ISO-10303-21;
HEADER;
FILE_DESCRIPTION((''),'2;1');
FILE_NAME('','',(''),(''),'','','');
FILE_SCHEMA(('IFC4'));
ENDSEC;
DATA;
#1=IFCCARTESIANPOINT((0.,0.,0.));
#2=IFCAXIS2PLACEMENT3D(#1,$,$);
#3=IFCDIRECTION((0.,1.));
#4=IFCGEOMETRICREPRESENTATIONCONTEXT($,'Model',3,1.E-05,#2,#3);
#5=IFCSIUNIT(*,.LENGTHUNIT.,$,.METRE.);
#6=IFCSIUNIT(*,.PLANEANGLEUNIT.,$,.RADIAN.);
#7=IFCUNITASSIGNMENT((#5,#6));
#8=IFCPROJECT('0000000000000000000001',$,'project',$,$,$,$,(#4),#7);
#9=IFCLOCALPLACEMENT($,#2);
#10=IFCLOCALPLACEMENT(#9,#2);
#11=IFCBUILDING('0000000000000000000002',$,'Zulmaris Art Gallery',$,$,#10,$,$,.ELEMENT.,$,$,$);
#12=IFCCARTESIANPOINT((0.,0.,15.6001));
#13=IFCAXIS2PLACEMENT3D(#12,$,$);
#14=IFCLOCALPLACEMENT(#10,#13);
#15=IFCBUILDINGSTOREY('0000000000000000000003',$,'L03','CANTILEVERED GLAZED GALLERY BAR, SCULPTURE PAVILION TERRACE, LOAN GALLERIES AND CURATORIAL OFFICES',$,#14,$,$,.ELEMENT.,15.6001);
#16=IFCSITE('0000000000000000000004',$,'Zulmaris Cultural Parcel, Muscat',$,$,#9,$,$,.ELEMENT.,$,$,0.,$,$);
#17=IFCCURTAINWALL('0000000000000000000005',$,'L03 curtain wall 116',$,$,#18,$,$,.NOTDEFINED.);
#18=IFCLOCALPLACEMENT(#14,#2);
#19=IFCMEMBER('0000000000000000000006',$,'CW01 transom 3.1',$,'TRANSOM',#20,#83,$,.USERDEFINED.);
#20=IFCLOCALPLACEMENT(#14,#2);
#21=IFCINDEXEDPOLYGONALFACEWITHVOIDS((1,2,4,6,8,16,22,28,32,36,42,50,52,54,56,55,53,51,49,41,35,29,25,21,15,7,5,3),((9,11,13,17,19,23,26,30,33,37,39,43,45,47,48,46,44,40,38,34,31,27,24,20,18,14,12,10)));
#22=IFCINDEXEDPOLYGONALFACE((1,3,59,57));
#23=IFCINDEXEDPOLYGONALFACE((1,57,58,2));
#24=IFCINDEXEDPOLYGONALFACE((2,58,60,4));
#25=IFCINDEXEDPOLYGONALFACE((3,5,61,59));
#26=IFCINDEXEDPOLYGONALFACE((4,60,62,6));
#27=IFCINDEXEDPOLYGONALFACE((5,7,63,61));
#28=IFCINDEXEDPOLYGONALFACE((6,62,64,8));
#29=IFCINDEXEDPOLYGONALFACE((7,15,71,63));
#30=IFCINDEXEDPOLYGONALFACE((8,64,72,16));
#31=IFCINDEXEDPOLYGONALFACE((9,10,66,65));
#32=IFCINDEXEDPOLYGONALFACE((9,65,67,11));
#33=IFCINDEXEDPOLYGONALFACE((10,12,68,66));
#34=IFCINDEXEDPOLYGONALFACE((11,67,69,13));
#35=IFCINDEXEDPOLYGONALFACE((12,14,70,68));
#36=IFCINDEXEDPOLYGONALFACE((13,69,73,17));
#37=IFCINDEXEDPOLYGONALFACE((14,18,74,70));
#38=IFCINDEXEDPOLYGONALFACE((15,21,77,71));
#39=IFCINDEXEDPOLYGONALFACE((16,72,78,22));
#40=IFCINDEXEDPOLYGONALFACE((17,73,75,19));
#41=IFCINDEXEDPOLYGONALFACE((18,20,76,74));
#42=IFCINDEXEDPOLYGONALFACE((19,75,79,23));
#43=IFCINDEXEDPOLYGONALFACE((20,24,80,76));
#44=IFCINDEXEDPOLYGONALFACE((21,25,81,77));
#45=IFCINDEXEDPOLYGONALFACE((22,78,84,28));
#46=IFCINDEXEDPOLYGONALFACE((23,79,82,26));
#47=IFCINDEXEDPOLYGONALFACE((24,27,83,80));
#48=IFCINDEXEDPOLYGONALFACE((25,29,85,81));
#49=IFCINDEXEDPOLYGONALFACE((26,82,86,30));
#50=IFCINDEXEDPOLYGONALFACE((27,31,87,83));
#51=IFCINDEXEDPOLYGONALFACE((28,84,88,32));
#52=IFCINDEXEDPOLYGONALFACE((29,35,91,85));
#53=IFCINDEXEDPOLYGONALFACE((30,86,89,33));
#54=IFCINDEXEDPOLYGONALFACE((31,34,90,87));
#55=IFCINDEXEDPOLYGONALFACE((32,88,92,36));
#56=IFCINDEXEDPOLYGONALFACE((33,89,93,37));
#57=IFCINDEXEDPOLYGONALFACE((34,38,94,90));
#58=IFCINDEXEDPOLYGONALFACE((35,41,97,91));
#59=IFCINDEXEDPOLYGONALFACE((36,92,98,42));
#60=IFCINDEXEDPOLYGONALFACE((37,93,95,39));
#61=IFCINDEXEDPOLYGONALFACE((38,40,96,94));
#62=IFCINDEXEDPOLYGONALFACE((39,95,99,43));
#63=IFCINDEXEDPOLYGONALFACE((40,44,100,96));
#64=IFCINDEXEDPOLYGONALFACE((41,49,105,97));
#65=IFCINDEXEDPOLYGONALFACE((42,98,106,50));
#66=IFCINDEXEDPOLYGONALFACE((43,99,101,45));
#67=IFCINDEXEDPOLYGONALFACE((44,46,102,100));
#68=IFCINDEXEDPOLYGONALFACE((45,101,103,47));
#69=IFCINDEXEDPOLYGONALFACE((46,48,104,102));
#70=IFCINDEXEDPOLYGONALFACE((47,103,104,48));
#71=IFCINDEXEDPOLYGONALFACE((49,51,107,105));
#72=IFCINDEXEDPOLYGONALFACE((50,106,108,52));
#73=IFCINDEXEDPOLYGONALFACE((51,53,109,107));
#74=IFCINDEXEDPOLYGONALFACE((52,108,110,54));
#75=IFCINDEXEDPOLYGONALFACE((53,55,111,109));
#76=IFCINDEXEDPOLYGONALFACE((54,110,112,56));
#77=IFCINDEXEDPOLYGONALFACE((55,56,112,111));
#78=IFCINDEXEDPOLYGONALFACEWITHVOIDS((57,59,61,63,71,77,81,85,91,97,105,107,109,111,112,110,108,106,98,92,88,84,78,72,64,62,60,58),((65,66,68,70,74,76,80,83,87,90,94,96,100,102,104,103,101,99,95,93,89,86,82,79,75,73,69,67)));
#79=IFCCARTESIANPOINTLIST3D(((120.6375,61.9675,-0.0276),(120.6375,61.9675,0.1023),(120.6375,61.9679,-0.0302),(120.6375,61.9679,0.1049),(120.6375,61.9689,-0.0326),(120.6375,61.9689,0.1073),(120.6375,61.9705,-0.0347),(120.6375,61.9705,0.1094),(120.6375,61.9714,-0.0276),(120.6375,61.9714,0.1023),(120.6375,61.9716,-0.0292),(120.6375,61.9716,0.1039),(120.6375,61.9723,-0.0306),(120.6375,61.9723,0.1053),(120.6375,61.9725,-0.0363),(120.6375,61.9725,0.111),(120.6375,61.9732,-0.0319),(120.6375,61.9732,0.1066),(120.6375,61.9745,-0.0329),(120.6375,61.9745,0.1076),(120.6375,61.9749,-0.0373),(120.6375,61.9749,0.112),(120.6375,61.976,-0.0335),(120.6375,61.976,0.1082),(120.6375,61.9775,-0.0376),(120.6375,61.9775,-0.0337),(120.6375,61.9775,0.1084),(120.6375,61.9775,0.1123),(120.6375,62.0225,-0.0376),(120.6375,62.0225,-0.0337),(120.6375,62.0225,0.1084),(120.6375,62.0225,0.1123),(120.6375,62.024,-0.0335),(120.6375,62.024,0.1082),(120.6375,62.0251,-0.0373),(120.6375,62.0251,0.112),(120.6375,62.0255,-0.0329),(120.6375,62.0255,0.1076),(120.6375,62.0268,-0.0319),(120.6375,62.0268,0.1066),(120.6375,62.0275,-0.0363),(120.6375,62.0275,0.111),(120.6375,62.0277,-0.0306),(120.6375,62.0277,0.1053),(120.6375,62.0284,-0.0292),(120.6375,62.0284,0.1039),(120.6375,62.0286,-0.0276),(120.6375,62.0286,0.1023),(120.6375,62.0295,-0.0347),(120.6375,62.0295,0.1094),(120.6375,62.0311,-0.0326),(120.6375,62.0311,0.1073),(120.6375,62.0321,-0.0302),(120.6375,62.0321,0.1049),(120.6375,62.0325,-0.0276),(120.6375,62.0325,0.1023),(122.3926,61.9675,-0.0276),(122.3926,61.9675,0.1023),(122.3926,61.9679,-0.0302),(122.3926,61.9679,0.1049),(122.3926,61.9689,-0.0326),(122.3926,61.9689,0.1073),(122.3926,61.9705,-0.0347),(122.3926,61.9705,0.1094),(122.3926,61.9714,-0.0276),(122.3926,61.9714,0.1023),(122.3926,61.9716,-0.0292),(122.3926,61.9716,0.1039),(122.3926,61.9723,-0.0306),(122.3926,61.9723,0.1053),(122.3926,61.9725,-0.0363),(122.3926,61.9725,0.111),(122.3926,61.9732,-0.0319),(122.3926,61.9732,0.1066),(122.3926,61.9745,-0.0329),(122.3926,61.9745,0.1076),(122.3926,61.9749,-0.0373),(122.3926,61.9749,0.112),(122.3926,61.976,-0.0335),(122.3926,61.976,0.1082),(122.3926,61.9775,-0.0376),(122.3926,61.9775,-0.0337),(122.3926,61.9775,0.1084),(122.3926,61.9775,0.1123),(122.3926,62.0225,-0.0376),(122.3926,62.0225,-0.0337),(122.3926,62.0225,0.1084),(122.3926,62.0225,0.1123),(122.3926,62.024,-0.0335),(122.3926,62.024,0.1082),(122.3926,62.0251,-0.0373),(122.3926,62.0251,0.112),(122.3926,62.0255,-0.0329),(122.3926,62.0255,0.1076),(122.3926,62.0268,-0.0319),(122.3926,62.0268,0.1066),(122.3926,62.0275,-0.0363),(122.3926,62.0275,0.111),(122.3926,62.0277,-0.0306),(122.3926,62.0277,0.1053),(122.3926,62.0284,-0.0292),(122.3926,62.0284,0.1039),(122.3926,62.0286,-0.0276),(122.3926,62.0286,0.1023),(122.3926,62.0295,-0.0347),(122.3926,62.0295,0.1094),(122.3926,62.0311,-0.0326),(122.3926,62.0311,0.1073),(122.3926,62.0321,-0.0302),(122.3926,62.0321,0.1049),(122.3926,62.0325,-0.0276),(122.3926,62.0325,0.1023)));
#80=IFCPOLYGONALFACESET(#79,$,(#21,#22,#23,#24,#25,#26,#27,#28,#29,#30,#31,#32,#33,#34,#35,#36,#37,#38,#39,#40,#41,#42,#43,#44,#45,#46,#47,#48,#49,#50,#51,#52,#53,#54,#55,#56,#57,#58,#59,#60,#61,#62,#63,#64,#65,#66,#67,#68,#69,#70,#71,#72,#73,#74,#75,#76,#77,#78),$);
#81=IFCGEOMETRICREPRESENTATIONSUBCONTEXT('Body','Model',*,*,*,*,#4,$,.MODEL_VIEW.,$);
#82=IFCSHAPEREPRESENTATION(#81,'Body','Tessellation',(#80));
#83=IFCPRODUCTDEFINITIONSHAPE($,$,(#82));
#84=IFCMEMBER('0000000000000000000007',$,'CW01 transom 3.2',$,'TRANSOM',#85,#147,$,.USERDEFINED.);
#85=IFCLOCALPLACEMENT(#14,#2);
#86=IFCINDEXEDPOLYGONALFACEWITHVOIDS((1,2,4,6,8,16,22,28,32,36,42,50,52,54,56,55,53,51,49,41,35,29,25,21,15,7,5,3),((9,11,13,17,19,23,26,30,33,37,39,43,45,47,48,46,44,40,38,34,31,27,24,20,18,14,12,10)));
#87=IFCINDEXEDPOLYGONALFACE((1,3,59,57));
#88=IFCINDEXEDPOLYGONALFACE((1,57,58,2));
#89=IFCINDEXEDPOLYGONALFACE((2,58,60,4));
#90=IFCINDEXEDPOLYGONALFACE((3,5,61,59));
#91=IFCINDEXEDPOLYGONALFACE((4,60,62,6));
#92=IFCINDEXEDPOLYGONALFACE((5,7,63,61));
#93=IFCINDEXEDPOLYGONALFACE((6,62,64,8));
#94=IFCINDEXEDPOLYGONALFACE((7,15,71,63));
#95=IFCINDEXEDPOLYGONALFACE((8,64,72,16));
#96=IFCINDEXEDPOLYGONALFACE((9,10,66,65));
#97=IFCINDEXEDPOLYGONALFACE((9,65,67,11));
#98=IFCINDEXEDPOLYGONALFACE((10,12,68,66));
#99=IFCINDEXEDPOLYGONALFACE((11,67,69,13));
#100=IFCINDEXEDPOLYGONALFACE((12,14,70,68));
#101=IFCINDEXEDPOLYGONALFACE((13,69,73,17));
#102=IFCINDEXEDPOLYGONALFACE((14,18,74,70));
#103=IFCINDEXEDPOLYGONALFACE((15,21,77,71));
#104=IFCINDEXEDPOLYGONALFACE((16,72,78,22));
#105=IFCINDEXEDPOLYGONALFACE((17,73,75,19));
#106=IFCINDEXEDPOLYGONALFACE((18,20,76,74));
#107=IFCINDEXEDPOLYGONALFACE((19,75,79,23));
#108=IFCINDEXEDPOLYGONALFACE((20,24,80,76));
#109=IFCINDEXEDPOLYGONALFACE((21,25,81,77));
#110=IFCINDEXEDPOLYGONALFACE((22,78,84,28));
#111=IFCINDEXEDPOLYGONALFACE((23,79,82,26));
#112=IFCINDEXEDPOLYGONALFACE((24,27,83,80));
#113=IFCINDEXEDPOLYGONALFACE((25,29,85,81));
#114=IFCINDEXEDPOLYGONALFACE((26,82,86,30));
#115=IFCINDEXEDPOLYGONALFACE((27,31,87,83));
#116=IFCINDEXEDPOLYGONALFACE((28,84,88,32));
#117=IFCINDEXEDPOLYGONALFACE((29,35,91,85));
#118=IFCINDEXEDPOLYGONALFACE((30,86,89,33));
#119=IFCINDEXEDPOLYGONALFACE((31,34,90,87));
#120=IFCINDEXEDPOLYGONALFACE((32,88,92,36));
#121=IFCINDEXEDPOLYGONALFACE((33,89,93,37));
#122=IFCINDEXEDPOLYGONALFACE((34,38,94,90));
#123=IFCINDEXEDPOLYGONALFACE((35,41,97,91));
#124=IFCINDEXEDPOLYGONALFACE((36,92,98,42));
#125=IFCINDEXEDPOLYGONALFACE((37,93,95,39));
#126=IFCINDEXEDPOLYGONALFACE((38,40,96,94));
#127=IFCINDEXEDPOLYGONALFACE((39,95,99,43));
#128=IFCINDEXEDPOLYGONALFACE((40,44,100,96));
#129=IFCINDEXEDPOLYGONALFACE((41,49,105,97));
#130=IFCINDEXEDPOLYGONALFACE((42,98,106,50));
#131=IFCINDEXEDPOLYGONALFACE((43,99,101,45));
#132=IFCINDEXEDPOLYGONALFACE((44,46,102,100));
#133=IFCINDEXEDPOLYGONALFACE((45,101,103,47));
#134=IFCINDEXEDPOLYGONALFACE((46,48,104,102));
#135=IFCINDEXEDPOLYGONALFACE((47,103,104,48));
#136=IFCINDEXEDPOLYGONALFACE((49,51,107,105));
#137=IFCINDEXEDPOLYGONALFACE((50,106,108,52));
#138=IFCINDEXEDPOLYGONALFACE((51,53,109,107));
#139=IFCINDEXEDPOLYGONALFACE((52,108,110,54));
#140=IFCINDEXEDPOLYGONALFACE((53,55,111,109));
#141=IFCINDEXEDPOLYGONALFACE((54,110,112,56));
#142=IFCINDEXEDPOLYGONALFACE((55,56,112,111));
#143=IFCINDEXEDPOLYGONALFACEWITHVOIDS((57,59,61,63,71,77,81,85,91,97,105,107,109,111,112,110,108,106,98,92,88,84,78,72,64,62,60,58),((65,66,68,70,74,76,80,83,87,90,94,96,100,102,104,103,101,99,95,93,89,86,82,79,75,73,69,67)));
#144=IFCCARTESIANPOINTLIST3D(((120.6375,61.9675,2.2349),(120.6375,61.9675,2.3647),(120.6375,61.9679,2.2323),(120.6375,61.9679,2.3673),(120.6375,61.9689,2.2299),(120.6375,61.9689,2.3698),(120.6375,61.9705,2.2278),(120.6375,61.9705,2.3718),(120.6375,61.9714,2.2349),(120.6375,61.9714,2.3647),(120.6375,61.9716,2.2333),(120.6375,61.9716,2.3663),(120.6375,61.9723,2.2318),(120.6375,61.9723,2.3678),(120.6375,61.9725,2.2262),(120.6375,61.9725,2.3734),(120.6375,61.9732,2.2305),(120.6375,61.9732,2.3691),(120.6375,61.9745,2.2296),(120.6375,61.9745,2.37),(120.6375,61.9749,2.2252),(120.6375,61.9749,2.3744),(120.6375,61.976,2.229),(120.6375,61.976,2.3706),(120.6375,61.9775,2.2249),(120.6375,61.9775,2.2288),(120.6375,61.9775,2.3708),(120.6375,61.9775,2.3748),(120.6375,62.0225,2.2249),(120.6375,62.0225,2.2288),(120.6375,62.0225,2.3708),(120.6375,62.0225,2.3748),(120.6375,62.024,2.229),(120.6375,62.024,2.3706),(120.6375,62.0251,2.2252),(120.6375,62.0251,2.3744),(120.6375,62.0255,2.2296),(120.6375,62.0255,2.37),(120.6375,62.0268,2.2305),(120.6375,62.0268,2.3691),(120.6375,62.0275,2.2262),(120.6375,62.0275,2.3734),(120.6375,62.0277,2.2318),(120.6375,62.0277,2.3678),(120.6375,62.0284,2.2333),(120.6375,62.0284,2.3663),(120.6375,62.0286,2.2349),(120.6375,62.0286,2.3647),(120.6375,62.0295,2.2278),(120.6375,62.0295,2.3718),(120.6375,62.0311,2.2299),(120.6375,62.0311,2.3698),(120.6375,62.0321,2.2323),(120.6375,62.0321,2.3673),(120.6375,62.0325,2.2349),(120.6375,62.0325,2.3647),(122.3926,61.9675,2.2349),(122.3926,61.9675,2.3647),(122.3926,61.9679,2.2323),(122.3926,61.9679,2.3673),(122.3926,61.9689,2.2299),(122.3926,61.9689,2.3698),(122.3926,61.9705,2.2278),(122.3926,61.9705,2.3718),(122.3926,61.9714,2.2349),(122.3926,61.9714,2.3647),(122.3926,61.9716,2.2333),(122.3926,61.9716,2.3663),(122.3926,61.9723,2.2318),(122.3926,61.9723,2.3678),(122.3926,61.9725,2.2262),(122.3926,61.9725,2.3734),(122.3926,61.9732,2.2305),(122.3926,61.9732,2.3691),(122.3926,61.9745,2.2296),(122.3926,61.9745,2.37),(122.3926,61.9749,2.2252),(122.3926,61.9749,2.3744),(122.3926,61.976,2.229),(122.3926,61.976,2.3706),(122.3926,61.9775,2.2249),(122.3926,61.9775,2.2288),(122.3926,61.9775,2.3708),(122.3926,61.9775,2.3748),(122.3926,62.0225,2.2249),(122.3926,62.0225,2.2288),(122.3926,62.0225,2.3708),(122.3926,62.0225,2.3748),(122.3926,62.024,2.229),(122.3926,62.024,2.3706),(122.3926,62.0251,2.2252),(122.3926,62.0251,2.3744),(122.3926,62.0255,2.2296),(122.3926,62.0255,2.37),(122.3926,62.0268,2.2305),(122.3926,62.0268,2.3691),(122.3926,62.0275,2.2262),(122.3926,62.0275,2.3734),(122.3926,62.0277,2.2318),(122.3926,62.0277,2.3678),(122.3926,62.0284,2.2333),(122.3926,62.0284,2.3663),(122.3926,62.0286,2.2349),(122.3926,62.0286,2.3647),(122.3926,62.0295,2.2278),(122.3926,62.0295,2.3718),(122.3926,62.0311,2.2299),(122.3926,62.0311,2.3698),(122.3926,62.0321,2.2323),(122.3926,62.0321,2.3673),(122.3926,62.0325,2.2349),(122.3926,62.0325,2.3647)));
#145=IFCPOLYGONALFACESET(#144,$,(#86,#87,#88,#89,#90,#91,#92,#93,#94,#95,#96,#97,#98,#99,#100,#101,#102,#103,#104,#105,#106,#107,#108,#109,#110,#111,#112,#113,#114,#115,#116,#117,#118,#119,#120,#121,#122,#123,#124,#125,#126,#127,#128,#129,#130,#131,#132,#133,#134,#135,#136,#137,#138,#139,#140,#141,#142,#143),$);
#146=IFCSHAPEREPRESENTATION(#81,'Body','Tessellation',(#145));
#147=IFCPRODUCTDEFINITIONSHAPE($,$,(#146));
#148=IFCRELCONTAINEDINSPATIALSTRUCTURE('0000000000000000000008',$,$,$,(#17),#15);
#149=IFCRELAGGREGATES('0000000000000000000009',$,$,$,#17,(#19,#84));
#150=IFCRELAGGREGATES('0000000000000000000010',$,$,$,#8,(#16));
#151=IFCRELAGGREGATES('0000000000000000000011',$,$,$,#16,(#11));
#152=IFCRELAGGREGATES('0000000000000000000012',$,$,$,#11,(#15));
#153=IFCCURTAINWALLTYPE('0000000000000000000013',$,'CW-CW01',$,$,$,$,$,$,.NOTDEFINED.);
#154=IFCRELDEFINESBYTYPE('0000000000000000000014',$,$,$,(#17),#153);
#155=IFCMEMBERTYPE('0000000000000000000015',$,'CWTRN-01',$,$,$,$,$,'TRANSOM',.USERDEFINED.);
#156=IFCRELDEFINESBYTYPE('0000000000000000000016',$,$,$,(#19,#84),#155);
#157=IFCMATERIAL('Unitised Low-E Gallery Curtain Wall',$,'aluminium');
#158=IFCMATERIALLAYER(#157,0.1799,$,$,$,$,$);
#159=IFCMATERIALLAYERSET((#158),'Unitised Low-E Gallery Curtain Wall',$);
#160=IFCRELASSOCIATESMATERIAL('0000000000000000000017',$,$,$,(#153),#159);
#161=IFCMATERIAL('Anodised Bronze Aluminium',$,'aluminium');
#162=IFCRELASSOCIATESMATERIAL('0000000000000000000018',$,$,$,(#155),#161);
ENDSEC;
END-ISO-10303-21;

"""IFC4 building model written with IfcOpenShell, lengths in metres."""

from ifc_helpers import new_model, si_unit, direction, frame, origin, origin_2d, place, context, subcontext, project, spatial, hollow_rectangle, extrude, material, layer, layer_set, material_profile, profile_set, type_object, element, aggregate, save


model = new_model("IFC4")

# Units and contexts
model_context = context("Model", 3, precision=1e-05, world=origin(), true_north=direction((0.0, 1.0)))
body_context = subcontext(model_context, "Body", "Model", "MODEL_VIEW")
ifc_project = project(units=[si_unit("LENGTHUNIT", "METRE"), si_unit("PLANEANGLEUNIT", "RADIAN")], contexts=[model_context])

# Site, building, storey
site_placement = place(None, origin())
site = spatial("IfcSite", under=ifc_project, at=site_placement, Name="Zulmaris Cultural Parcel, Muscat", CompositionType="ELEMENT", RefElevation=0.0)
building_placement = place(site_placement, origin())
building = spatial("IfcBuilding", under=site, at=building_placement, Name="Zulmaris Art Gallery", CompositionType="ELEMENT")
storey_placement = place(building_placement, frame((0.0, 0.0, 15.6001)))
storey = spatial("IfcBuildingStorey", under=building, at=storey_placement, Name="L03", Description="CANTILEVERED GLAZED GALLERY BAR, SCULPTURE PAVILION TERRACE, LOAN GALLERIES AND CURATORIAL OFFICES", CompositionType="ELEMENT", Elevation=15.6001)

# Curtain wall
ifc_material_1 = material(Name="Unitised Low-E Gallery Curtain Wall", Category="aluminium")
ifc_layer_1 = layer(ifc_material_1, 0.1799)
ifc_layer_set_1 = layer_set([ifc_layer_1], Name="Unitised Low-E Gallery Curtain Wall")
curtain_wall_type = type_object("IfcCurtainWallType", Name="CW-CW01", PredefinedType="NOTDEFINED", material=ifc_layer_set_1)
curtain_wall_1_placement = place(storey_placement, origin())
curtain_wall_1 = element("IfcCurtainWall", 1, at=curtain_wall_1_placement, inside=storey, type_object=curtain_wall_type, Name="L03 curtain wall 116", PredefinedType="NOTDEFINED")
ifc_material_2 = material(Name="Anodised Bronze Aluminium", Category="aluminium")

# Members
ifc_material_profile_1 = material_profile(ifc_material_2, hollow_rectangle(XDim=0.0649, YDim=0.1499, WallThickness=0.0039, InnerFilletRadius=0.0061, OuterFilletRadius=0.01, at=origin_2d()), Name="ALU 65x150x4")
ifc_profile_set_1 = profile_set([ifc_material_profile_1], Name="Anodised Bronze Aluminium")
member_type_1 = type_object("IfcMemberType", Name="CWTRN-01", ElementType="TRANSOM", PredefinedType="USERDEFINED", material=ifc_profile_set_1)
member_1_placement = place(storey_placement, frame((120.6375, 62.0, 0.0374), z_axis=(1.0, 0.0, 0.0), x_axis=(0.0, 1.0, 0.0)))
member_1 = element("IfcMember", 2, at=member_1_placement, type_object=member_type_1, Name="CW01 transom 3.1", ObjectType="TRANSOM", PredefinedType="USERDEFINED", context=body_context, shape_type="SweptSolid", body=[
    extrude(hollow_rectangle(XDim=0.0649, YDim=0.1499, WallThickness=0.0039, InnerFilletRadius=0.0061, OuterFilletRadius=0.01, at=origin_2d()), origin(), (0.0, 0.0, 1.0), 1.7551),
])
member_2_placement = place(storey_placement, frame((120.6375, 62.0, 2.2998), z_axis=(1.0, 0.0, 0.0), x_axis=(0.0, 1.0, 0.0)))
member_2 = element("IfcMember", 3, at=member_2_placement, type_object=member_type_1, Name="CW01 transom 3.2", ObjectType="TRANSOM", PredefinedType="USERDEFINED", context=body_context, shape_type="SweptSolid", body=[
    extrude(hollow_rectangle(XDim=0.0649, YDim=0.1499, WallThickness=0.0039, InnerFilletRadius=0.0061, OuterFilletRadius=0.01, at=origin_2d()), origin(), (0.0, 0.0, 1.0), 1.7551),
])

aggregate(curtain_wall_1, [member_1, member_2])

save(model, "model.ifc")
